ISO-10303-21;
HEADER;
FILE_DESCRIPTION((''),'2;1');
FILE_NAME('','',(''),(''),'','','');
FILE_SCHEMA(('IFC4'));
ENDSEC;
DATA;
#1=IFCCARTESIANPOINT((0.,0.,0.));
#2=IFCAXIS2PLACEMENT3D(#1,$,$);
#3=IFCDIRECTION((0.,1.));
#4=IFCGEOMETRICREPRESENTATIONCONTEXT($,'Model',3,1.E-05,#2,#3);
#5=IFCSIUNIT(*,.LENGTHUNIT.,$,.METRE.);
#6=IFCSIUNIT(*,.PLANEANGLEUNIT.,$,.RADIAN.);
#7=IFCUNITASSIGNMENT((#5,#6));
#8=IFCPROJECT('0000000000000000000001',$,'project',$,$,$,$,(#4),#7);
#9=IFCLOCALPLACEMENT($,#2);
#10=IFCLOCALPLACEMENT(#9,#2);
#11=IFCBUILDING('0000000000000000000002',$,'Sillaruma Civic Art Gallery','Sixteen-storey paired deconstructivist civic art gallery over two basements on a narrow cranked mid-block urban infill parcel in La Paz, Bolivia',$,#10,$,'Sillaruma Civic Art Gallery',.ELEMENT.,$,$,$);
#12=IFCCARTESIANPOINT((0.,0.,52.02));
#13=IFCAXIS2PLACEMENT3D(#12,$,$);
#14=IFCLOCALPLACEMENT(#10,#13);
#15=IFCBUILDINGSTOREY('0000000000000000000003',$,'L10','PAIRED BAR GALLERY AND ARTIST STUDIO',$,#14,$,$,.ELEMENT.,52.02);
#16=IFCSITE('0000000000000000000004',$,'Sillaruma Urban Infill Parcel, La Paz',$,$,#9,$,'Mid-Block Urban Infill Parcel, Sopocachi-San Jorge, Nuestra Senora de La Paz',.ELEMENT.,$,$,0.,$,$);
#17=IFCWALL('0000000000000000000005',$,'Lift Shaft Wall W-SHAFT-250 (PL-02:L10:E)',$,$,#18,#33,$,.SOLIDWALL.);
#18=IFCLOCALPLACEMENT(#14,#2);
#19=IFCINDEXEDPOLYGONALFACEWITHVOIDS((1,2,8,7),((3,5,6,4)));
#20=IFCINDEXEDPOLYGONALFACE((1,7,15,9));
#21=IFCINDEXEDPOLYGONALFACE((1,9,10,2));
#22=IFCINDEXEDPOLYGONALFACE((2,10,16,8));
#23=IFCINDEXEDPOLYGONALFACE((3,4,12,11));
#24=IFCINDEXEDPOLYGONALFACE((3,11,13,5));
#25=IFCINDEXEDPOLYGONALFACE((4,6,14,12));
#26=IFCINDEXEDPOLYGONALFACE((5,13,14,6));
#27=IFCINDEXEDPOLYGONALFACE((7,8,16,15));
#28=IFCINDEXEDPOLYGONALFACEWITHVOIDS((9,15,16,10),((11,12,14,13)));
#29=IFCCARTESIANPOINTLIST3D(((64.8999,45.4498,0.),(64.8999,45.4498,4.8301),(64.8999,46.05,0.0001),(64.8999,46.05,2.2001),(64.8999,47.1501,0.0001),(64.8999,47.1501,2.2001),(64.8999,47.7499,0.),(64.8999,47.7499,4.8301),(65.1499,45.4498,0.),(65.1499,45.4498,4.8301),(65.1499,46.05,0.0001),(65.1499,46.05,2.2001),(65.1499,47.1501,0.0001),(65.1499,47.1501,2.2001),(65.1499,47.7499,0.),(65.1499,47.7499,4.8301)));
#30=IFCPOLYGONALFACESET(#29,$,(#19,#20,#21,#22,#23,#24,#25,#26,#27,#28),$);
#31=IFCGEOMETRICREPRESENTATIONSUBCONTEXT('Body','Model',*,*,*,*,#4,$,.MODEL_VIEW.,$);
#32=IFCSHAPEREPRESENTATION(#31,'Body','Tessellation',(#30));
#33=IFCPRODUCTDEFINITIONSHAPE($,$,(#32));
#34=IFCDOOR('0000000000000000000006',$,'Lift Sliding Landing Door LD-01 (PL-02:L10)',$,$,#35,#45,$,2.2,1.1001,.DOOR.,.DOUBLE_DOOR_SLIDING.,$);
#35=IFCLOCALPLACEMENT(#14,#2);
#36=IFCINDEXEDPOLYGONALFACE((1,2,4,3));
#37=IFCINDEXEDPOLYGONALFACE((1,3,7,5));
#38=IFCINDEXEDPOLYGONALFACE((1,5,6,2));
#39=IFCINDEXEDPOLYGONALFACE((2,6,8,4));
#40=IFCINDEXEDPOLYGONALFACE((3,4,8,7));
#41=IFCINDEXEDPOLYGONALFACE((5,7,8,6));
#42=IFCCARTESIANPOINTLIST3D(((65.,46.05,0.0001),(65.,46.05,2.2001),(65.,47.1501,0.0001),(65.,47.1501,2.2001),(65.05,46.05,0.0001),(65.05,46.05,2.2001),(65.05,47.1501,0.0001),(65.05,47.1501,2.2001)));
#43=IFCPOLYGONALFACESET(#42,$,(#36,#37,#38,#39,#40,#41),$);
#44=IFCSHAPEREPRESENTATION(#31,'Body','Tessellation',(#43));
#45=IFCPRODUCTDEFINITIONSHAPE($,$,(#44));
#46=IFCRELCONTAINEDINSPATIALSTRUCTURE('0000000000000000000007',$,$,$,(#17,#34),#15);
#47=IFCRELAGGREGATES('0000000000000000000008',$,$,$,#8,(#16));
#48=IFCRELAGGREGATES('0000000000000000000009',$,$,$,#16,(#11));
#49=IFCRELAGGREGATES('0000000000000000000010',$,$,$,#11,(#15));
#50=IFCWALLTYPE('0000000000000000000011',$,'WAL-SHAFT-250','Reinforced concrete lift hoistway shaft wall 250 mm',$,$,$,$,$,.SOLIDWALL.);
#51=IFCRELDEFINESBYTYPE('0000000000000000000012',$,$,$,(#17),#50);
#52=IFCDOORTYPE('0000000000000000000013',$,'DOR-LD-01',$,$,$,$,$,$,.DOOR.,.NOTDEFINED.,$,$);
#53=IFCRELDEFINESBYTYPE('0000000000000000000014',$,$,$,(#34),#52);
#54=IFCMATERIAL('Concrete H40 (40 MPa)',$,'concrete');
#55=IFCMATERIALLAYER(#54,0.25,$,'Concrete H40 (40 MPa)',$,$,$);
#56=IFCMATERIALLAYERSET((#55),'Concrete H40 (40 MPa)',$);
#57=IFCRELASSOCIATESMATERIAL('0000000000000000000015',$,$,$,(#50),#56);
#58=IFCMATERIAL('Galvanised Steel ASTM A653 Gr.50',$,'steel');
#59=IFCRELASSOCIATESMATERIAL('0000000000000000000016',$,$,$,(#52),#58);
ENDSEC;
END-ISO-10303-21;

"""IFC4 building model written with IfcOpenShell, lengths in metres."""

from ifc_helpers import new_model, si_unit, direction, frame, frame_2d, origin, place, context, subcontext, project, spatial, rectangle, extrude, material, layer, layer_set, type_object, element, fill, save


model = new_model("IFC4")

# Units and contexts
model_context = context("Model", 3, precision=1e-05, world=origin(), true_north=direction((0.0, 1.0)))
body_context = subcontext(model_context, "Body", "Model", "MODEL_VIEW")
ifc_project = project(units=[si_unit("LENGTHUNIT", "METRE"), si_unit("PLANEANGLEUNIT", "RADIAN")], contexts=[model_context])

# Site, building, storey
site_placement = place(None, origin())
site = spatial("IfcSite", under=ifc_project, at=site_placement, Name="Sillaruma Urban Infill Parcel, La Paz", LongName="Mid-Block Urban Infill Parcel, Sopocachi-San Jorge, Nuestra Senora de La Paz", CompositionType="ELEMENT", RefElevation=0.0)
building_placement = place(site_placement, origin())
building = spatial("IfcBuilding", under=site, at=building_placement, Name="Sillaruma Civic Art Gallery", Description="Sixteen-storey paired deconstructivist civic art gallery over two basements on a narrow cranked mid-block urban infill parcel in La Paz, Bolivia", LongName="Sillaruma Civic Art Gallery", CompositionType="ELEMENT")
storey_placement = place(building_placement, frame((0.0, 0.0, 52.02)))
storey = spatial("IfcBuildingStorey", under=building, at=storey_placement, Name="L10", Description="PAIRED BAR GALLERY AND ARTIST STUDIO", CompositionType="ELEMENT", Elevation=52.02)

# Shared definitions
ifc_material_1 = material(Name="Concrete H40 (40 MPa)", Category="concrete")

# Shared definitions
ifc_layer_1 = layer(ifc_material_1, 0.25, Name="Concrete H40 (40 MPa)")
ifc_layer_set_1 = layer_set([ifc_layer_1], Name="Concrete H40 (40 MPa)")
wall_type_1 = type_object("IfcWallType", Name="WAL-SHAFT-250", Description="Reinforced concrete lift hoistway shaft wall 250 mm", PredefinedType="SOLIDWALL", material=ifc_layer_set_1)

# Wall, opening, door
wall_1_placement = place(storey_placement, frame((65.0249, 45.45, 0.0), z_axis=(0.0, 0.0, 1.0), x_axis=(0.0, 1.0, 0.0)))
wall_1 = element("IfcWall", 1, at=wall_1_placement, inside=storey, type_object=wall_type_1, Name="Lift Shaft Wall W-SHAFT-250 (PL-02:L10:E)", PredefinedType="SOLIDWALL", context=body_context, shape_type="SweptSolid", body=[
    extrude(rectangle(XDim=2.3, YDim=0.25, at=frame_2d((1.1499, 0.0))), origin(), (0.0, 0.0, 1.0), 4.8301),
])
opening_placement = place(wall_1_placement, frame((0.6001, 0.0, 0.0)))
opening = element("IfcOpeningElement", 2, at=opening_placement, cuts=wall_1, PredefinedType="OPENING", context=body_context, shape_type="SweptSolid", body=[
    extrude(rectangle(XDim=1.1001, YDim=2.2, at=frame_2d((0.55, 1.1001))), frame((0.0, 0.135, 0.0), z_axis=(0.0, -1.0, 0.0), x_axis=(1.0, 0.0, 0.0)), (0.0, 0.0, 1.0), 0.27),
])
ifc_material_2 = material(Name="Galvanised Steel ASTM A653 Gr.50", Category="steel")
door_type = type_object("IfcDoorType", Name="DOR-LD-01", OperationType="NOTDEFINED", PredefinedType="DOOR", material=ifc_material_2)
door_placement = place(opening_placement, origin())
door = element("IfcDoor", 3, at=door_placement, inside=storey, type_object=door_type, Name="Lift Sliding Landing Door LD-01 (PL-02:L10)", OperationType="DOUBLE_DOOR_SLIDING", OverallHeight=2.2, OverallWidth=1.1001, PredefinedType="DOOR", context=body_context, shape_type="SweptSolid", body=[
    extrude(rectangle(XDim=1.1001, YDim=2.2, at=frame_2d((0.55, 1.1001))), frame((0.0, 0.0249, 0.0), z_axis=(0.0, -1.0, 0.0), x_axis=(1.0, 0.0, 0.0)), (0.0, 0.0, 1.0), 0.05),
])
fill(opening, door)

save(model, "model.ifc")
